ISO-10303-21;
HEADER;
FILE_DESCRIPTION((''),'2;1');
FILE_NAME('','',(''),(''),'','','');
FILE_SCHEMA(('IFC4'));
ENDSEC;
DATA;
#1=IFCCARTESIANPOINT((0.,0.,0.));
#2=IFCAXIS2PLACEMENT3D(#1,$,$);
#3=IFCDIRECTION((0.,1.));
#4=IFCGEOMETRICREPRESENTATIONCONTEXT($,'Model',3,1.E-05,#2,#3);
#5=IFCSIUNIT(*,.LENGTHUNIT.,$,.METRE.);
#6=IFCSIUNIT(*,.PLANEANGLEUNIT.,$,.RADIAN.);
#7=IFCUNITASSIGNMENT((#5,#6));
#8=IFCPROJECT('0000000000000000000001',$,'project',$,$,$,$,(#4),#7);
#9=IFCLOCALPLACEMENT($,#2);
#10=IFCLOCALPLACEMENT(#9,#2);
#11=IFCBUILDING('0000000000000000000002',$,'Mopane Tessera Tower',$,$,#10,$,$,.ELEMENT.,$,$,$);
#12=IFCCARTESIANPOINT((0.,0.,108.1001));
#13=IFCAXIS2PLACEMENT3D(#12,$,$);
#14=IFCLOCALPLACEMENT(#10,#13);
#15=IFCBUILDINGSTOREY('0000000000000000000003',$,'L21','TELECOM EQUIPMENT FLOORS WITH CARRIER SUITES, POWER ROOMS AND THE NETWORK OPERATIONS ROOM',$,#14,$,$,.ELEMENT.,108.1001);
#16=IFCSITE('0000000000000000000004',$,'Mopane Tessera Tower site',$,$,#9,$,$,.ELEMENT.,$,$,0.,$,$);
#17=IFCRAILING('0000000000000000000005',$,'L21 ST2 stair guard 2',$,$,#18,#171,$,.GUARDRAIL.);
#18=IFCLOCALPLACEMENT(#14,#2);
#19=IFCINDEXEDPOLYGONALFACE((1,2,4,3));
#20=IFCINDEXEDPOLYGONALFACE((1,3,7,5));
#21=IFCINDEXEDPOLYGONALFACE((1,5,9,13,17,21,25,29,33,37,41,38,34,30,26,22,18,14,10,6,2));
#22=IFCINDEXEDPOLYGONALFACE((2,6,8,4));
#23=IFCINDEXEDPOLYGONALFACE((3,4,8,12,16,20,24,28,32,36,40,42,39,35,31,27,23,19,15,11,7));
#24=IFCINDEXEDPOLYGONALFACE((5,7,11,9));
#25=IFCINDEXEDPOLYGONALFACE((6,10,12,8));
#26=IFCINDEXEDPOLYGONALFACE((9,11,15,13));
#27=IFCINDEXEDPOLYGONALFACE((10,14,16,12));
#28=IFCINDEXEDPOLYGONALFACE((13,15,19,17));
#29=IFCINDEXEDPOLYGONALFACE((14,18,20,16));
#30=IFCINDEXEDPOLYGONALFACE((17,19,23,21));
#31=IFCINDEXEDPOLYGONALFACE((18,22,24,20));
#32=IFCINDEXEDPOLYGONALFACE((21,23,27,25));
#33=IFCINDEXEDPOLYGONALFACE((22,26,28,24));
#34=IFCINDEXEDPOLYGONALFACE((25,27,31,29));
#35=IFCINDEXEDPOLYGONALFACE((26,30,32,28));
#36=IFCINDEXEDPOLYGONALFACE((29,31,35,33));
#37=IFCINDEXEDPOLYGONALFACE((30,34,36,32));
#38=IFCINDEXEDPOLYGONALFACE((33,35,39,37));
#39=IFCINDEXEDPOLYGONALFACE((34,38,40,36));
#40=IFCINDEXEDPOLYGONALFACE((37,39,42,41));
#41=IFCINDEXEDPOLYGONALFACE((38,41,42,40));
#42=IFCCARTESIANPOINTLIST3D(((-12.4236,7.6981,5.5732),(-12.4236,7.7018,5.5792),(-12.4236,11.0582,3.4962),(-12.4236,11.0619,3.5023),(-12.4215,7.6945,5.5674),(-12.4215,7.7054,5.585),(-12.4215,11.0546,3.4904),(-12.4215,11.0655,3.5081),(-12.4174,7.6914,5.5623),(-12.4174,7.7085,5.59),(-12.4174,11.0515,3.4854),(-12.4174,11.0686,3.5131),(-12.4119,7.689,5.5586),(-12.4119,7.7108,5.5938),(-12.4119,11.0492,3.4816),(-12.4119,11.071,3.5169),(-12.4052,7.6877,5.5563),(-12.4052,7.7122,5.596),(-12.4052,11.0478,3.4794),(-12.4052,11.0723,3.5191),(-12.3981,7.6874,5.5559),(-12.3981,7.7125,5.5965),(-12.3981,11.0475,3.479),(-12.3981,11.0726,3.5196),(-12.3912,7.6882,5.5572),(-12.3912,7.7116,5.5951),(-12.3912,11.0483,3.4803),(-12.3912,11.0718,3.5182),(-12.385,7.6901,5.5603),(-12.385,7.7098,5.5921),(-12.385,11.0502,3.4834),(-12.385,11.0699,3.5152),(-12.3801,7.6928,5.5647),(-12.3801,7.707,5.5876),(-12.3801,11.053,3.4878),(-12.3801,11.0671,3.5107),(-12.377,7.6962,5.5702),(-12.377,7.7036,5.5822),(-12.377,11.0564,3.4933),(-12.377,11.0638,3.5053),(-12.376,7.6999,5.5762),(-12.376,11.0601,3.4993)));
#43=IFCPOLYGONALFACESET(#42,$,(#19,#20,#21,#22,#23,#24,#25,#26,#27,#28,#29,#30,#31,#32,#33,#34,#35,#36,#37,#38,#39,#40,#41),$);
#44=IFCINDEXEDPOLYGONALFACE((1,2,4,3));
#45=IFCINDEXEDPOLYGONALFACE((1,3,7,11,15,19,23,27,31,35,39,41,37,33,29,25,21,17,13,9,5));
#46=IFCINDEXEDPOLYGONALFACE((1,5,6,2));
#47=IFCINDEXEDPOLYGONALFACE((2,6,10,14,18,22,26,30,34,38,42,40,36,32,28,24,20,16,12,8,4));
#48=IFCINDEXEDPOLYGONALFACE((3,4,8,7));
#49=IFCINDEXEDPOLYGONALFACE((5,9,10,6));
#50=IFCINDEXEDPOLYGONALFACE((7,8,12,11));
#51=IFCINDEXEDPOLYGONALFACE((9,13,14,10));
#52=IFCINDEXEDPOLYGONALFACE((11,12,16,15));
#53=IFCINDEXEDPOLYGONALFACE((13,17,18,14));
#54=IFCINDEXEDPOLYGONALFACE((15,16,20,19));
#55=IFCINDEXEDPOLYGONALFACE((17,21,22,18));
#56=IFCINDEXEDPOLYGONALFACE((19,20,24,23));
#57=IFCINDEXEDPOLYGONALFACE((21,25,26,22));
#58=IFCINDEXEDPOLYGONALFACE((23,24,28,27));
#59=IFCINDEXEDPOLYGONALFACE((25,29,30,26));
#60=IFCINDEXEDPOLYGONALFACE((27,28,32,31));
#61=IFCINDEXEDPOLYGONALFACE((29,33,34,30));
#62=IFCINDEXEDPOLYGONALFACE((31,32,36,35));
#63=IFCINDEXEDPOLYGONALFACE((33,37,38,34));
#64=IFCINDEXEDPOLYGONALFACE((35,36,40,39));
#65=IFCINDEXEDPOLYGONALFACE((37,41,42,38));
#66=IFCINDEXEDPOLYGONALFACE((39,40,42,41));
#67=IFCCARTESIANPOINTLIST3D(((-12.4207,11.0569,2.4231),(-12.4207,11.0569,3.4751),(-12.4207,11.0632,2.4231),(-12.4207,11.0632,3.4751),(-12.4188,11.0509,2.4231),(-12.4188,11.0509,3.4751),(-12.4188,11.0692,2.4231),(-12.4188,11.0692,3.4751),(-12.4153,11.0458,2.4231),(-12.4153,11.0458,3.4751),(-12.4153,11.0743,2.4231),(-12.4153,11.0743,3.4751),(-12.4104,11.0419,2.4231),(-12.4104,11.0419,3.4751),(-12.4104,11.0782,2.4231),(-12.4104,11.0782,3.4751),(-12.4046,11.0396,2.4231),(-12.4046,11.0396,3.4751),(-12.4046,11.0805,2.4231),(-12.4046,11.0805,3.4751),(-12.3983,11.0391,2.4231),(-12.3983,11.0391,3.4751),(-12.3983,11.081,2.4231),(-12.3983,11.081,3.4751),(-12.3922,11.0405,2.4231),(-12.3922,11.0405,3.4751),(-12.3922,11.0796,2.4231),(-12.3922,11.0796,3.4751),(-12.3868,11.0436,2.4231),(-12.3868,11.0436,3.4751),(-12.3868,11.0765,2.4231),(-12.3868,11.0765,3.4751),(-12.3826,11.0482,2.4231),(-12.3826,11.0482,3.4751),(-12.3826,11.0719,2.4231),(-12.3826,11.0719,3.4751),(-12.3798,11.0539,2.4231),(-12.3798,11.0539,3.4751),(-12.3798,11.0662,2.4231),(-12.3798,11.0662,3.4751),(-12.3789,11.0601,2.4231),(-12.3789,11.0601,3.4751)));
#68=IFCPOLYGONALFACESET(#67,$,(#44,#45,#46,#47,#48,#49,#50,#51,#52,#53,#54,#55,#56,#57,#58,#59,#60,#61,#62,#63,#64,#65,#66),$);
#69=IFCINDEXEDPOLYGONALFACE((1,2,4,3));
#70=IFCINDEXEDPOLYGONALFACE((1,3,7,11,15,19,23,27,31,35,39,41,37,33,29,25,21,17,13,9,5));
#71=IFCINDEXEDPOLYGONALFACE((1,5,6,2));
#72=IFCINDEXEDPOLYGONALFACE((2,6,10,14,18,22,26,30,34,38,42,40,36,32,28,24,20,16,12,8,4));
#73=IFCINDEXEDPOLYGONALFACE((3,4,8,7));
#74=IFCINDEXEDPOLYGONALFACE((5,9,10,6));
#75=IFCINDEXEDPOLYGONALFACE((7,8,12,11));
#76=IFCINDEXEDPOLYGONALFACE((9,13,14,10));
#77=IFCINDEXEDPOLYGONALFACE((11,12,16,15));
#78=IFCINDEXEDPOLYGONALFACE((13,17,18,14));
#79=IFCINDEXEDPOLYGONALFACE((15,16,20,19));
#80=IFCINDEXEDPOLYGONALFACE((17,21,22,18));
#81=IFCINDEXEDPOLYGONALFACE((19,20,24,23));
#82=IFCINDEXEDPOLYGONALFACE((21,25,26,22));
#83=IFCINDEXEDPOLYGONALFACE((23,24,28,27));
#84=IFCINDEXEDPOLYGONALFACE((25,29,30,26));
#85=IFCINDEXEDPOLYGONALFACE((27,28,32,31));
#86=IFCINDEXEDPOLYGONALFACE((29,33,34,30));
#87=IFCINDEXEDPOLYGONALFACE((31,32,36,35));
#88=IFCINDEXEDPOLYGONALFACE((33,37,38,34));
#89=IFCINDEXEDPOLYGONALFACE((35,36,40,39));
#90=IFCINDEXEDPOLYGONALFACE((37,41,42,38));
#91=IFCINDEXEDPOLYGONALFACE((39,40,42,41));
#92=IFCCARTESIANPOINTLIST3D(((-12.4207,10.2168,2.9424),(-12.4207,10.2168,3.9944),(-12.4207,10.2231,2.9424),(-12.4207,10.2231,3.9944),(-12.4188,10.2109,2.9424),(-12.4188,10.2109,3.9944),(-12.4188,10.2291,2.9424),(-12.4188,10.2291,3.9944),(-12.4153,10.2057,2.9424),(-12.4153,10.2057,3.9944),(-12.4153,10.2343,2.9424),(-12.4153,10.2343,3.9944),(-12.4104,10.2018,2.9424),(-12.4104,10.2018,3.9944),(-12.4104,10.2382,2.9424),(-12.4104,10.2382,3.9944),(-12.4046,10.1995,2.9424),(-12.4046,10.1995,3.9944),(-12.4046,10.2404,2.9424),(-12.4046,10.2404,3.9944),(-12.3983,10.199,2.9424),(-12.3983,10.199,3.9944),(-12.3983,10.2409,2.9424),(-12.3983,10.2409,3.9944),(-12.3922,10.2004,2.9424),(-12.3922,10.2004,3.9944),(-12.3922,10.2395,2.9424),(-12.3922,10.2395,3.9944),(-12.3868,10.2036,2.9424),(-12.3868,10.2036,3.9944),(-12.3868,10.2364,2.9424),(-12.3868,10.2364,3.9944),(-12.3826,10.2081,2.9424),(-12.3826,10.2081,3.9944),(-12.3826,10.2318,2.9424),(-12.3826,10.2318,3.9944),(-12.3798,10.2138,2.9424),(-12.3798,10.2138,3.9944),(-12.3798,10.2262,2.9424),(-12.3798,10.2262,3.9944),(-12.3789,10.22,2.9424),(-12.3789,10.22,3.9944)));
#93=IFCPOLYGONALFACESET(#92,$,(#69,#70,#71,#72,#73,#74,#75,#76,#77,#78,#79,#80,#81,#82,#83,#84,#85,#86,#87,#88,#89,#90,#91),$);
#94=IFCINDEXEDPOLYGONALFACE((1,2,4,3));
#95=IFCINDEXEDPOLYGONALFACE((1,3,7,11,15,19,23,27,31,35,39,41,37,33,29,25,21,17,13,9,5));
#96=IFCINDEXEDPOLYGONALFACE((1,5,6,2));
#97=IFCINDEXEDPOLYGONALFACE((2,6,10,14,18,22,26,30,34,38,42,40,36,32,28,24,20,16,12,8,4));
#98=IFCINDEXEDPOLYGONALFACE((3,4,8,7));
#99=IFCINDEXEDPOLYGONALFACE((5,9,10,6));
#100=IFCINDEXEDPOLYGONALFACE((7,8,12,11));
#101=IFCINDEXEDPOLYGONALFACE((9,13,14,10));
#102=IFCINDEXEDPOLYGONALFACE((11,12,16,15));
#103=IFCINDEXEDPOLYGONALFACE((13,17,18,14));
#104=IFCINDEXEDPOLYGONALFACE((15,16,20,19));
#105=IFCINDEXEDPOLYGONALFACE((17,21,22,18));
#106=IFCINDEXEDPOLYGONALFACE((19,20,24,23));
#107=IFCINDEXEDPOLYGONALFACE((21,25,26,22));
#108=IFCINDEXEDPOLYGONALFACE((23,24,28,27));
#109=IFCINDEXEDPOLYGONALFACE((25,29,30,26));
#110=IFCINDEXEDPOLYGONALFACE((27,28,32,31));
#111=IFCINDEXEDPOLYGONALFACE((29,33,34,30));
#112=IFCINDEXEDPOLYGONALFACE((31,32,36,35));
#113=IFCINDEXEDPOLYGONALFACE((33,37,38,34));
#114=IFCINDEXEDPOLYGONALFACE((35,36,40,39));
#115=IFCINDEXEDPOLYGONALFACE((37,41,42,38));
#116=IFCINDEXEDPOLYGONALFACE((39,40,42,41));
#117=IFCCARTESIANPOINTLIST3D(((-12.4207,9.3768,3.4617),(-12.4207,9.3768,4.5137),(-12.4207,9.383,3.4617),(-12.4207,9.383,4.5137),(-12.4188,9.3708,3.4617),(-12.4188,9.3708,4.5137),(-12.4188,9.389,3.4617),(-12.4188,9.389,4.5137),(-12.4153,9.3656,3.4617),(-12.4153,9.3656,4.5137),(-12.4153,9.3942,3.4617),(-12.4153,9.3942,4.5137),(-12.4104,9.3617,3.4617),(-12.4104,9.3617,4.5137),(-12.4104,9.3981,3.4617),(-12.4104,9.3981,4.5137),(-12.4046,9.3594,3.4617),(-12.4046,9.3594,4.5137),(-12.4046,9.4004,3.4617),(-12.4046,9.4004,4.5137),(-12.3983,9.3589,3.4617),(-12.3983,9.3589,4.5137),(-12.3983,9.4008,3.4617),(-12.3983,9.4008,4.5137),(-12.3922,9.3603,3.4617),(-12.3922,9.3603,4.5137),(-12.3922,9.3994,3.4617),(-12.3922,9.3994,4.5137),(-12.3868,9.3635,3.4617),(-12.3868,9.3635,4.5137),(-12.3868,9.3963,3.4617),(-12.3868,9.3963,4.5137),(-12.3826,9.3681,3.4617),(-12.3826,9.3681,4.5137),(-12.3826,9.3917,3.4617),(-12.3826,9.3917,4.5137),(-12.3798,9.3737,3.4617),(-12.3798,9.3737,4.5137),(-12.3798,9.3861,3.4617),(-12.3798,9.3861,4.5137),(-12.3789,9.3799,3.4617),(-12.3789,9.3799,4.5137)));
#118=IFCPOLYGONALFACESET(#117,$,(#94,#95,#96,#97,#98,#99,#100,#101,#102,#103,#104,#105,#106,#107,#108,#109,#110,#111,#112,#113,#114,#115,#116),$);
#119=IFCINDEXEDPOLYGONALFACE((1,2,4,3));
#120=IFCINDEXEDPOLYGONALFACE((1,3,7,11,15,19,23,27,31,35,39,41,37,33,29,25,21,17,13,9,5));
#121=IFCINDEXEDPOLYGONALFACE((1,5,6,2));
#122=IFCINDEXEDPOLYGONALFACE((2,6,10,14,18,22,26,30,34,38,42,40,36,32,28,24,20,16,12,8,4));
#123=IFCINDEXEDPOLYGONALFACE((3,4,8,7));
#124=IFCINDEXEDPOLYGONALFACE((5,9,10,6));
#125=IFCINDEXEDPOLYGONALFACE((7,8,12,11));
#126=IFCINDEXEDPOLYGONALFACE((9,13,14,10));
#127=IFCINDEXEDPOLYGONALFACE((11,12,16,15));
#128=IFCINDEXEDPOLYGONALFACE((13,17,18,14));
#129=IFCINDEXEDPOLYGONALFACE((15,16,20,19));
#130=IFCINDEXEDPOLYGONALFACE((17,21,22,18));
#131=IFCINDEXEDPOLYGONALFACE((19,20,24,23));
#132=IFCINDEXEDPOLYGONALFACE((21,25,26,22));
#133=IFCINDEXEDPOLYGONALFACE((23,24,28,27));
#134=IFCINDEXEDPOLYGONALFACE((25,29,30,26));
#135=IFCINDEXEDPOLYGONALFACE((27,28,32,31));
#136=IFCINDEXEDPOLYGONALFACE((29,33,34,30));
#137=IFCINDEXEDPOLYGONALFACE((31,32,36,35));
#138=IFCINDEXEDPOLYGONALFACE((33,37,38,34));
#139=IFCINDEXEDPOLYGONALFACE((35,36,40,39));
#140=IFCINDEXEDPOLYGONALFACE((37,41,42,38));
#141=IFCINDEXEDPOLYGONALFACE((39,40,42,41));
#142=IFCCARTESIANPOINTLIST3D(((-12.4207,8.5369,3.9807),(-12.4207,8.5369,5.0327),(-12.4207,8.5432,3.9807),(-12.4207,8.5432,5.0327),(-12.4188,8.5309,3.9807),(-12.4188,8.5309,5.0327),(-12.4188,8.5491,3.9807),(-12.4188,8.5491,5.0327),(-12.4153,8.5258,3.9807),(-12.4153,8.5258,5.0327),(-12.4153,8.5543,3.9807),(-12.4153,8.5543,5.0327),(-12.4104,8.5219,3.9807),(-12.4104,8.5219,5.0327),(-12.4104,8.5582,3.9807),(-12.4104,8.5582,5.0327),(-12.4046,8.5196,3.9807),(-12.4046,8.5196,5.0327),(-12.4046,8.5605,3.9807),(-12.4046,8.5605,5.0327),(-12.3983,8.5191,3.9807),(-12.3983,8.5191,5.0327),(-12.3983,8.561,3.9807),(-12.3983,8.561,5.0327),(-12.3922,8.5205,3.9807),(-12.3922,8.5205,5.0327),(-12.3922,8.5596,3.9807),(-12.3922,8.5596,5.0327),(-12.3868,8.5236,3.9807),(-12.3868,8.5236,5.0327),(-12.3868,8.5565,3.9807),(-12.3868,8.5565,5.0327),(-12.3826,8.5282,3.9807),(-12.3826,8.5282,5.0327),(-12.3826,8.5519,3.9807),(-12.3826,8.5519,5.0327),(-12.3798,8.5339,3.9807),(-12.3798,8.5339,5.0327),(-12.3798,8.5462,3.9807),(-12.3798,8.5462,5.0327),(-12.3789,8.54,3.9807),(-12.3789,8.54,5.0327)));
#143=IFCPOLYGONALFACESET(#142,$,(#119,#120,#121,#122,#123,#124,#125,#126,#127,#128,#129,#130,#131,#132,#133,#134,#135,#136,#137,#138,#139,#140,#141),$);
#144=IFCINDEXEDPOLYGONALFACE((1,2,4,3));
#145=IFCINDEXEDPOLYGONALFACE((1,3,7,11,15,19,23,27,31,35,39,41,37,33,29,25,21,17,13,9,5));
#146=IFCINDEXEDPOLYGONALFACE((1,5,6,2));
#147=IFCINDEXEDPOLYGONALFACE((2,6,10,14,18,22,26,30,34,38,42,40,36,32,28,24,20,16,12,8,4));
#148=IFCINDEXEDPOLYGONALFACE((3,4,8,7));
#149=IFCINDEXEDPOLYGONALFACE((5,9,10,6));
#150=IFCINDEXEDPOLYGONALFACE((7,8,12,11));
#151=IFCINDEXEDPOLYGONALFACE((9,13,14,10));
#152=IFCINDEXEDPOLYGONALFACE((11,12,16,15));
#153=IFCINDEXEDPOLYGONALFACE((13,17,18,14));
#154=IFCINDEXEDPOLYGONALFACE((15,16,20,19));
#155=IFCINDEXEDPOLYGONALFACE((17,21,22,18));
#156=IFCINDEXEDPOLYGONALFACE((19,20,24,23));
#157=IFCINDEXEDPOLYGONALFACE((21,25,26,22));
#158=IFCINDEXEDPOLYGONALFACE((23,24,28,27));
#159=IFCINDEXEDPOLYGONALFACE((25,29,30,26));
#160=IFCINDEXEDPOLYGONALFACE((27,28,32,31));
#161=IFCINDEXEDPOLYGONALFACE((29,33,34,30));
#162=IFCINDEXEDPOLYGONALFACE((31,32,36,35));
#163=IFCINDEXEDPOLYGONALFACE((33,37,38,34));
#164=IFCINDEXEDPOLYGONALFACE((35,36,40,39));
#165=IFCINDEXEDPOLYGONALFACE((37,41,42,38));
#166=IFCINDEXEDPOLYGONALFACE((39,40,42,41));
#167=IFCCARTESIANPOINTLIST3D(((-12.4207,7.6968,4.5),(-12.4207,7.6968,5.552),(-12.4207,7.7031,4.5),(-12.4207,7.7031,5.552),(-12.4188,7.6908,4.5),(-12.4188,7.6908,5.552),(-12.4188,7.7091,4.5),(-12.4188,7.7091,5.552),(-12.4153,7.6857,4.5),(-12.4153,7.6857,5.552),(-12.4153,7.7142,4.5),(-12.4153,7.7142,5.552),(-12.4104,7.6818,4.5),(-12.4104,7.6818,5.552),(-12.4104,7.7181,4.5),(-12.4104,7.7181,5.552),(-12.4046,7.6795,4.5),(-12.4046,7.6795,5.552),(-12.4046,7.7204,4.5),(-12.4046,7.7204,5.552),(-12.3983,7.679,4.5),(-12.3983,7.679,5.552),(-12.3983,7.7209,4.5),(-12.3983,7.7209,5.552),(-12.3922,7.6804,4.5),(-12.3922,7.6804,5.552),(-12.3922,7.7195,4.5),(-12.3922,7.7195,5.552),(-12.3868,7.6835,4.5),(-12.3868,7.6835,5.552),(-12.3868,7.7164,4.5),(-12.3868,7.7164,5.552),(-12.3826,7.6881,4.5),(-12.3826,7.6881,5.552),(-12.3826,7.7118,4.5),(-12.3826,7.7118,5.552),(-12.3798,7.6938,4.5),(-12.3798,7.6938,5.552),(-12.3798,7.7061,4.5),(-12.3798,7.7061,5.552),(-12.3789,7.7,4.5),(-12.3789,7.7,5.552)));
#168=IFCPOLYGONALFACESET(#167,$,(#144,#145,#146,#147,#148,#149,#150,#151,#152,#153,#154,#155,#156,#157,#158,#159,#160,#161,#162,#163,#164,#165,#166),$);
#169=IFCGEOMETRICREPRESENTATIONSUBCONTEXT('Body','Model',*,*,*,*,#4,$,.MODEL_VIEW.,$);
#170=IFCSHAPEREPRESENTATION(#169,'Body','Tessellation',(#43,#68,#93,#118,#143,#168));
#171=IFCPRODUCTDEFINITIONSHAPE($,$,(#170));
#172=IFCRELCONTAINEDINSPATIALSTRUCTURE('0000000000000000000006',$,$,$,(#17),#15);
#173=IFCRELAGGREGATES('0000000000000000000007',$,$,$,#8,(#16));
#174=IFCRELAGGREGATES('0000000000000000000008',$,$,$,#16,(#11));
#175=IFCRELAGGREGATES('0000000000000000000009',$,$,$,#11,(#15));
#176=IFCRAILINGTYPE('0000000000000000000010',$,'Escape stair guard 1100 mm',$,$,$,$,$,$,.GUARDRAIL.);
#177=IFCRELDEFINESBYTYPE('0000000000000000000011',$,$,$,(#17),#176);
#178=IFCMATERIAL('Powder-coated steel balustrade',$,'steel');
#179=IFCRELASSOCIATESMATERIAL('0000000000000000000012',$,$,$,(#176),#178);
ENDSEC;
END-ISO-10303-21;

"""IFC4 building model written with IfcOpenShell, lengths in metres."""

from ifc_helpers import new_model, si_unit, direction, frame, origin, origin_2d, place, context, subcontext, project, spatial, circle, extrude, material, type_object, element, save


model = new_model("IFC4")

# Units and contexts
model_context = context("Model", 3, precision=1e-05, world=origin(), true_north=direction((0.0, 1.0)))
body_context = subcontext(model_context, "Body", "Model", "MODEL_VIEW")
ifc_project = project(units=[si_unit("LENGTHUNIT", "METRE"), si_unit("PLANEANGLEUNIT", "RADIAN")], contexts=[model_context])

# Site, building, storey
site_placement = place(None, origin())
site = spatial("IfcSite", under=ifc_project, at=site_placement, Name="Mopane Tessera Tower site", CompositionType="ELEMENT", RefElevation=0.0)
building_placement = place(site_placement, origin())
building = spatial("IfcBuilding", under=site, at=building_placement, Name="Mopane Tessera Tower", CompositionType="ELEMENT")
storey_placement = place(building_placement, frame((0.0, 0.0, 108.1001)))
storey = spatial("IfcBuildingStorey", under=building, at=storey_placement, Name="L21", Description="TELECOM EQUIPMENT FLOORS WITH CARRIER SUITES, POWER ROOMS AND THE NETWORK OPERATIONS ROOM", CompositionType="ELEMENT", Elevation=108.1001)

# Railing
ifc_material_1 = material(Name="Powder-coated steel balustrade", Category="steel")
railing_type_1 = type_object("IfcRailingType", Name="Escape stair guard 1100 mm", PredefinedType="GUARDRAIL", material=ifc_material_1)
railing_1_placement = place(storey_placement, frame((-12.3999, 11.0601, 2.4231)))
element("IfcRailing", 1, at=railing_1_placement, inside=storey, type_object=railing_type_1, Name="L21 ST2 stair guard 2", PredefinedType="GUARDRAIL", context=body_context, shape_type="SweptSolid", body=[
    extrude(circle(Radius=0.0239, at=origin_2d()), frame((0.0, 0.0, 1.0762), z_axis=(0.0, -0.850623, 0.525776), x_axis=(1.0, 0.0, 0.0)), (0.0, 0.0, 1.0), 3.9502),
    extrude(circle(Radius=0.021, at=origin_2d()), origin(), (0.0, 0.0, 1.0), 1.052),
    extrude(circle(Radius=0.021, at=origin_2d()), frame((0.0, -0.8401, 0.5193)), (0.0, 0.0, 1.0), 1.052),
    extrude(circle(Radius=0.021, at=origin_2d()), frame((0.0, -1.6802, 1.0386)), (0.0, 0.0, 1.0), 1.052),
    extrude(circle(Radius=0.021, at=origin_2d()), frame((0.0, -2.52, 1.5576)), (0.0, 0.0, 1.0), 1.052),
    extrude(circle(Radius=0.021, at=origin_2d()), frame((0.0, -3.3601, 2.0769)), (0.0, 0.0, 1.0), 1.052),
])

save(model, "model.ifc")
